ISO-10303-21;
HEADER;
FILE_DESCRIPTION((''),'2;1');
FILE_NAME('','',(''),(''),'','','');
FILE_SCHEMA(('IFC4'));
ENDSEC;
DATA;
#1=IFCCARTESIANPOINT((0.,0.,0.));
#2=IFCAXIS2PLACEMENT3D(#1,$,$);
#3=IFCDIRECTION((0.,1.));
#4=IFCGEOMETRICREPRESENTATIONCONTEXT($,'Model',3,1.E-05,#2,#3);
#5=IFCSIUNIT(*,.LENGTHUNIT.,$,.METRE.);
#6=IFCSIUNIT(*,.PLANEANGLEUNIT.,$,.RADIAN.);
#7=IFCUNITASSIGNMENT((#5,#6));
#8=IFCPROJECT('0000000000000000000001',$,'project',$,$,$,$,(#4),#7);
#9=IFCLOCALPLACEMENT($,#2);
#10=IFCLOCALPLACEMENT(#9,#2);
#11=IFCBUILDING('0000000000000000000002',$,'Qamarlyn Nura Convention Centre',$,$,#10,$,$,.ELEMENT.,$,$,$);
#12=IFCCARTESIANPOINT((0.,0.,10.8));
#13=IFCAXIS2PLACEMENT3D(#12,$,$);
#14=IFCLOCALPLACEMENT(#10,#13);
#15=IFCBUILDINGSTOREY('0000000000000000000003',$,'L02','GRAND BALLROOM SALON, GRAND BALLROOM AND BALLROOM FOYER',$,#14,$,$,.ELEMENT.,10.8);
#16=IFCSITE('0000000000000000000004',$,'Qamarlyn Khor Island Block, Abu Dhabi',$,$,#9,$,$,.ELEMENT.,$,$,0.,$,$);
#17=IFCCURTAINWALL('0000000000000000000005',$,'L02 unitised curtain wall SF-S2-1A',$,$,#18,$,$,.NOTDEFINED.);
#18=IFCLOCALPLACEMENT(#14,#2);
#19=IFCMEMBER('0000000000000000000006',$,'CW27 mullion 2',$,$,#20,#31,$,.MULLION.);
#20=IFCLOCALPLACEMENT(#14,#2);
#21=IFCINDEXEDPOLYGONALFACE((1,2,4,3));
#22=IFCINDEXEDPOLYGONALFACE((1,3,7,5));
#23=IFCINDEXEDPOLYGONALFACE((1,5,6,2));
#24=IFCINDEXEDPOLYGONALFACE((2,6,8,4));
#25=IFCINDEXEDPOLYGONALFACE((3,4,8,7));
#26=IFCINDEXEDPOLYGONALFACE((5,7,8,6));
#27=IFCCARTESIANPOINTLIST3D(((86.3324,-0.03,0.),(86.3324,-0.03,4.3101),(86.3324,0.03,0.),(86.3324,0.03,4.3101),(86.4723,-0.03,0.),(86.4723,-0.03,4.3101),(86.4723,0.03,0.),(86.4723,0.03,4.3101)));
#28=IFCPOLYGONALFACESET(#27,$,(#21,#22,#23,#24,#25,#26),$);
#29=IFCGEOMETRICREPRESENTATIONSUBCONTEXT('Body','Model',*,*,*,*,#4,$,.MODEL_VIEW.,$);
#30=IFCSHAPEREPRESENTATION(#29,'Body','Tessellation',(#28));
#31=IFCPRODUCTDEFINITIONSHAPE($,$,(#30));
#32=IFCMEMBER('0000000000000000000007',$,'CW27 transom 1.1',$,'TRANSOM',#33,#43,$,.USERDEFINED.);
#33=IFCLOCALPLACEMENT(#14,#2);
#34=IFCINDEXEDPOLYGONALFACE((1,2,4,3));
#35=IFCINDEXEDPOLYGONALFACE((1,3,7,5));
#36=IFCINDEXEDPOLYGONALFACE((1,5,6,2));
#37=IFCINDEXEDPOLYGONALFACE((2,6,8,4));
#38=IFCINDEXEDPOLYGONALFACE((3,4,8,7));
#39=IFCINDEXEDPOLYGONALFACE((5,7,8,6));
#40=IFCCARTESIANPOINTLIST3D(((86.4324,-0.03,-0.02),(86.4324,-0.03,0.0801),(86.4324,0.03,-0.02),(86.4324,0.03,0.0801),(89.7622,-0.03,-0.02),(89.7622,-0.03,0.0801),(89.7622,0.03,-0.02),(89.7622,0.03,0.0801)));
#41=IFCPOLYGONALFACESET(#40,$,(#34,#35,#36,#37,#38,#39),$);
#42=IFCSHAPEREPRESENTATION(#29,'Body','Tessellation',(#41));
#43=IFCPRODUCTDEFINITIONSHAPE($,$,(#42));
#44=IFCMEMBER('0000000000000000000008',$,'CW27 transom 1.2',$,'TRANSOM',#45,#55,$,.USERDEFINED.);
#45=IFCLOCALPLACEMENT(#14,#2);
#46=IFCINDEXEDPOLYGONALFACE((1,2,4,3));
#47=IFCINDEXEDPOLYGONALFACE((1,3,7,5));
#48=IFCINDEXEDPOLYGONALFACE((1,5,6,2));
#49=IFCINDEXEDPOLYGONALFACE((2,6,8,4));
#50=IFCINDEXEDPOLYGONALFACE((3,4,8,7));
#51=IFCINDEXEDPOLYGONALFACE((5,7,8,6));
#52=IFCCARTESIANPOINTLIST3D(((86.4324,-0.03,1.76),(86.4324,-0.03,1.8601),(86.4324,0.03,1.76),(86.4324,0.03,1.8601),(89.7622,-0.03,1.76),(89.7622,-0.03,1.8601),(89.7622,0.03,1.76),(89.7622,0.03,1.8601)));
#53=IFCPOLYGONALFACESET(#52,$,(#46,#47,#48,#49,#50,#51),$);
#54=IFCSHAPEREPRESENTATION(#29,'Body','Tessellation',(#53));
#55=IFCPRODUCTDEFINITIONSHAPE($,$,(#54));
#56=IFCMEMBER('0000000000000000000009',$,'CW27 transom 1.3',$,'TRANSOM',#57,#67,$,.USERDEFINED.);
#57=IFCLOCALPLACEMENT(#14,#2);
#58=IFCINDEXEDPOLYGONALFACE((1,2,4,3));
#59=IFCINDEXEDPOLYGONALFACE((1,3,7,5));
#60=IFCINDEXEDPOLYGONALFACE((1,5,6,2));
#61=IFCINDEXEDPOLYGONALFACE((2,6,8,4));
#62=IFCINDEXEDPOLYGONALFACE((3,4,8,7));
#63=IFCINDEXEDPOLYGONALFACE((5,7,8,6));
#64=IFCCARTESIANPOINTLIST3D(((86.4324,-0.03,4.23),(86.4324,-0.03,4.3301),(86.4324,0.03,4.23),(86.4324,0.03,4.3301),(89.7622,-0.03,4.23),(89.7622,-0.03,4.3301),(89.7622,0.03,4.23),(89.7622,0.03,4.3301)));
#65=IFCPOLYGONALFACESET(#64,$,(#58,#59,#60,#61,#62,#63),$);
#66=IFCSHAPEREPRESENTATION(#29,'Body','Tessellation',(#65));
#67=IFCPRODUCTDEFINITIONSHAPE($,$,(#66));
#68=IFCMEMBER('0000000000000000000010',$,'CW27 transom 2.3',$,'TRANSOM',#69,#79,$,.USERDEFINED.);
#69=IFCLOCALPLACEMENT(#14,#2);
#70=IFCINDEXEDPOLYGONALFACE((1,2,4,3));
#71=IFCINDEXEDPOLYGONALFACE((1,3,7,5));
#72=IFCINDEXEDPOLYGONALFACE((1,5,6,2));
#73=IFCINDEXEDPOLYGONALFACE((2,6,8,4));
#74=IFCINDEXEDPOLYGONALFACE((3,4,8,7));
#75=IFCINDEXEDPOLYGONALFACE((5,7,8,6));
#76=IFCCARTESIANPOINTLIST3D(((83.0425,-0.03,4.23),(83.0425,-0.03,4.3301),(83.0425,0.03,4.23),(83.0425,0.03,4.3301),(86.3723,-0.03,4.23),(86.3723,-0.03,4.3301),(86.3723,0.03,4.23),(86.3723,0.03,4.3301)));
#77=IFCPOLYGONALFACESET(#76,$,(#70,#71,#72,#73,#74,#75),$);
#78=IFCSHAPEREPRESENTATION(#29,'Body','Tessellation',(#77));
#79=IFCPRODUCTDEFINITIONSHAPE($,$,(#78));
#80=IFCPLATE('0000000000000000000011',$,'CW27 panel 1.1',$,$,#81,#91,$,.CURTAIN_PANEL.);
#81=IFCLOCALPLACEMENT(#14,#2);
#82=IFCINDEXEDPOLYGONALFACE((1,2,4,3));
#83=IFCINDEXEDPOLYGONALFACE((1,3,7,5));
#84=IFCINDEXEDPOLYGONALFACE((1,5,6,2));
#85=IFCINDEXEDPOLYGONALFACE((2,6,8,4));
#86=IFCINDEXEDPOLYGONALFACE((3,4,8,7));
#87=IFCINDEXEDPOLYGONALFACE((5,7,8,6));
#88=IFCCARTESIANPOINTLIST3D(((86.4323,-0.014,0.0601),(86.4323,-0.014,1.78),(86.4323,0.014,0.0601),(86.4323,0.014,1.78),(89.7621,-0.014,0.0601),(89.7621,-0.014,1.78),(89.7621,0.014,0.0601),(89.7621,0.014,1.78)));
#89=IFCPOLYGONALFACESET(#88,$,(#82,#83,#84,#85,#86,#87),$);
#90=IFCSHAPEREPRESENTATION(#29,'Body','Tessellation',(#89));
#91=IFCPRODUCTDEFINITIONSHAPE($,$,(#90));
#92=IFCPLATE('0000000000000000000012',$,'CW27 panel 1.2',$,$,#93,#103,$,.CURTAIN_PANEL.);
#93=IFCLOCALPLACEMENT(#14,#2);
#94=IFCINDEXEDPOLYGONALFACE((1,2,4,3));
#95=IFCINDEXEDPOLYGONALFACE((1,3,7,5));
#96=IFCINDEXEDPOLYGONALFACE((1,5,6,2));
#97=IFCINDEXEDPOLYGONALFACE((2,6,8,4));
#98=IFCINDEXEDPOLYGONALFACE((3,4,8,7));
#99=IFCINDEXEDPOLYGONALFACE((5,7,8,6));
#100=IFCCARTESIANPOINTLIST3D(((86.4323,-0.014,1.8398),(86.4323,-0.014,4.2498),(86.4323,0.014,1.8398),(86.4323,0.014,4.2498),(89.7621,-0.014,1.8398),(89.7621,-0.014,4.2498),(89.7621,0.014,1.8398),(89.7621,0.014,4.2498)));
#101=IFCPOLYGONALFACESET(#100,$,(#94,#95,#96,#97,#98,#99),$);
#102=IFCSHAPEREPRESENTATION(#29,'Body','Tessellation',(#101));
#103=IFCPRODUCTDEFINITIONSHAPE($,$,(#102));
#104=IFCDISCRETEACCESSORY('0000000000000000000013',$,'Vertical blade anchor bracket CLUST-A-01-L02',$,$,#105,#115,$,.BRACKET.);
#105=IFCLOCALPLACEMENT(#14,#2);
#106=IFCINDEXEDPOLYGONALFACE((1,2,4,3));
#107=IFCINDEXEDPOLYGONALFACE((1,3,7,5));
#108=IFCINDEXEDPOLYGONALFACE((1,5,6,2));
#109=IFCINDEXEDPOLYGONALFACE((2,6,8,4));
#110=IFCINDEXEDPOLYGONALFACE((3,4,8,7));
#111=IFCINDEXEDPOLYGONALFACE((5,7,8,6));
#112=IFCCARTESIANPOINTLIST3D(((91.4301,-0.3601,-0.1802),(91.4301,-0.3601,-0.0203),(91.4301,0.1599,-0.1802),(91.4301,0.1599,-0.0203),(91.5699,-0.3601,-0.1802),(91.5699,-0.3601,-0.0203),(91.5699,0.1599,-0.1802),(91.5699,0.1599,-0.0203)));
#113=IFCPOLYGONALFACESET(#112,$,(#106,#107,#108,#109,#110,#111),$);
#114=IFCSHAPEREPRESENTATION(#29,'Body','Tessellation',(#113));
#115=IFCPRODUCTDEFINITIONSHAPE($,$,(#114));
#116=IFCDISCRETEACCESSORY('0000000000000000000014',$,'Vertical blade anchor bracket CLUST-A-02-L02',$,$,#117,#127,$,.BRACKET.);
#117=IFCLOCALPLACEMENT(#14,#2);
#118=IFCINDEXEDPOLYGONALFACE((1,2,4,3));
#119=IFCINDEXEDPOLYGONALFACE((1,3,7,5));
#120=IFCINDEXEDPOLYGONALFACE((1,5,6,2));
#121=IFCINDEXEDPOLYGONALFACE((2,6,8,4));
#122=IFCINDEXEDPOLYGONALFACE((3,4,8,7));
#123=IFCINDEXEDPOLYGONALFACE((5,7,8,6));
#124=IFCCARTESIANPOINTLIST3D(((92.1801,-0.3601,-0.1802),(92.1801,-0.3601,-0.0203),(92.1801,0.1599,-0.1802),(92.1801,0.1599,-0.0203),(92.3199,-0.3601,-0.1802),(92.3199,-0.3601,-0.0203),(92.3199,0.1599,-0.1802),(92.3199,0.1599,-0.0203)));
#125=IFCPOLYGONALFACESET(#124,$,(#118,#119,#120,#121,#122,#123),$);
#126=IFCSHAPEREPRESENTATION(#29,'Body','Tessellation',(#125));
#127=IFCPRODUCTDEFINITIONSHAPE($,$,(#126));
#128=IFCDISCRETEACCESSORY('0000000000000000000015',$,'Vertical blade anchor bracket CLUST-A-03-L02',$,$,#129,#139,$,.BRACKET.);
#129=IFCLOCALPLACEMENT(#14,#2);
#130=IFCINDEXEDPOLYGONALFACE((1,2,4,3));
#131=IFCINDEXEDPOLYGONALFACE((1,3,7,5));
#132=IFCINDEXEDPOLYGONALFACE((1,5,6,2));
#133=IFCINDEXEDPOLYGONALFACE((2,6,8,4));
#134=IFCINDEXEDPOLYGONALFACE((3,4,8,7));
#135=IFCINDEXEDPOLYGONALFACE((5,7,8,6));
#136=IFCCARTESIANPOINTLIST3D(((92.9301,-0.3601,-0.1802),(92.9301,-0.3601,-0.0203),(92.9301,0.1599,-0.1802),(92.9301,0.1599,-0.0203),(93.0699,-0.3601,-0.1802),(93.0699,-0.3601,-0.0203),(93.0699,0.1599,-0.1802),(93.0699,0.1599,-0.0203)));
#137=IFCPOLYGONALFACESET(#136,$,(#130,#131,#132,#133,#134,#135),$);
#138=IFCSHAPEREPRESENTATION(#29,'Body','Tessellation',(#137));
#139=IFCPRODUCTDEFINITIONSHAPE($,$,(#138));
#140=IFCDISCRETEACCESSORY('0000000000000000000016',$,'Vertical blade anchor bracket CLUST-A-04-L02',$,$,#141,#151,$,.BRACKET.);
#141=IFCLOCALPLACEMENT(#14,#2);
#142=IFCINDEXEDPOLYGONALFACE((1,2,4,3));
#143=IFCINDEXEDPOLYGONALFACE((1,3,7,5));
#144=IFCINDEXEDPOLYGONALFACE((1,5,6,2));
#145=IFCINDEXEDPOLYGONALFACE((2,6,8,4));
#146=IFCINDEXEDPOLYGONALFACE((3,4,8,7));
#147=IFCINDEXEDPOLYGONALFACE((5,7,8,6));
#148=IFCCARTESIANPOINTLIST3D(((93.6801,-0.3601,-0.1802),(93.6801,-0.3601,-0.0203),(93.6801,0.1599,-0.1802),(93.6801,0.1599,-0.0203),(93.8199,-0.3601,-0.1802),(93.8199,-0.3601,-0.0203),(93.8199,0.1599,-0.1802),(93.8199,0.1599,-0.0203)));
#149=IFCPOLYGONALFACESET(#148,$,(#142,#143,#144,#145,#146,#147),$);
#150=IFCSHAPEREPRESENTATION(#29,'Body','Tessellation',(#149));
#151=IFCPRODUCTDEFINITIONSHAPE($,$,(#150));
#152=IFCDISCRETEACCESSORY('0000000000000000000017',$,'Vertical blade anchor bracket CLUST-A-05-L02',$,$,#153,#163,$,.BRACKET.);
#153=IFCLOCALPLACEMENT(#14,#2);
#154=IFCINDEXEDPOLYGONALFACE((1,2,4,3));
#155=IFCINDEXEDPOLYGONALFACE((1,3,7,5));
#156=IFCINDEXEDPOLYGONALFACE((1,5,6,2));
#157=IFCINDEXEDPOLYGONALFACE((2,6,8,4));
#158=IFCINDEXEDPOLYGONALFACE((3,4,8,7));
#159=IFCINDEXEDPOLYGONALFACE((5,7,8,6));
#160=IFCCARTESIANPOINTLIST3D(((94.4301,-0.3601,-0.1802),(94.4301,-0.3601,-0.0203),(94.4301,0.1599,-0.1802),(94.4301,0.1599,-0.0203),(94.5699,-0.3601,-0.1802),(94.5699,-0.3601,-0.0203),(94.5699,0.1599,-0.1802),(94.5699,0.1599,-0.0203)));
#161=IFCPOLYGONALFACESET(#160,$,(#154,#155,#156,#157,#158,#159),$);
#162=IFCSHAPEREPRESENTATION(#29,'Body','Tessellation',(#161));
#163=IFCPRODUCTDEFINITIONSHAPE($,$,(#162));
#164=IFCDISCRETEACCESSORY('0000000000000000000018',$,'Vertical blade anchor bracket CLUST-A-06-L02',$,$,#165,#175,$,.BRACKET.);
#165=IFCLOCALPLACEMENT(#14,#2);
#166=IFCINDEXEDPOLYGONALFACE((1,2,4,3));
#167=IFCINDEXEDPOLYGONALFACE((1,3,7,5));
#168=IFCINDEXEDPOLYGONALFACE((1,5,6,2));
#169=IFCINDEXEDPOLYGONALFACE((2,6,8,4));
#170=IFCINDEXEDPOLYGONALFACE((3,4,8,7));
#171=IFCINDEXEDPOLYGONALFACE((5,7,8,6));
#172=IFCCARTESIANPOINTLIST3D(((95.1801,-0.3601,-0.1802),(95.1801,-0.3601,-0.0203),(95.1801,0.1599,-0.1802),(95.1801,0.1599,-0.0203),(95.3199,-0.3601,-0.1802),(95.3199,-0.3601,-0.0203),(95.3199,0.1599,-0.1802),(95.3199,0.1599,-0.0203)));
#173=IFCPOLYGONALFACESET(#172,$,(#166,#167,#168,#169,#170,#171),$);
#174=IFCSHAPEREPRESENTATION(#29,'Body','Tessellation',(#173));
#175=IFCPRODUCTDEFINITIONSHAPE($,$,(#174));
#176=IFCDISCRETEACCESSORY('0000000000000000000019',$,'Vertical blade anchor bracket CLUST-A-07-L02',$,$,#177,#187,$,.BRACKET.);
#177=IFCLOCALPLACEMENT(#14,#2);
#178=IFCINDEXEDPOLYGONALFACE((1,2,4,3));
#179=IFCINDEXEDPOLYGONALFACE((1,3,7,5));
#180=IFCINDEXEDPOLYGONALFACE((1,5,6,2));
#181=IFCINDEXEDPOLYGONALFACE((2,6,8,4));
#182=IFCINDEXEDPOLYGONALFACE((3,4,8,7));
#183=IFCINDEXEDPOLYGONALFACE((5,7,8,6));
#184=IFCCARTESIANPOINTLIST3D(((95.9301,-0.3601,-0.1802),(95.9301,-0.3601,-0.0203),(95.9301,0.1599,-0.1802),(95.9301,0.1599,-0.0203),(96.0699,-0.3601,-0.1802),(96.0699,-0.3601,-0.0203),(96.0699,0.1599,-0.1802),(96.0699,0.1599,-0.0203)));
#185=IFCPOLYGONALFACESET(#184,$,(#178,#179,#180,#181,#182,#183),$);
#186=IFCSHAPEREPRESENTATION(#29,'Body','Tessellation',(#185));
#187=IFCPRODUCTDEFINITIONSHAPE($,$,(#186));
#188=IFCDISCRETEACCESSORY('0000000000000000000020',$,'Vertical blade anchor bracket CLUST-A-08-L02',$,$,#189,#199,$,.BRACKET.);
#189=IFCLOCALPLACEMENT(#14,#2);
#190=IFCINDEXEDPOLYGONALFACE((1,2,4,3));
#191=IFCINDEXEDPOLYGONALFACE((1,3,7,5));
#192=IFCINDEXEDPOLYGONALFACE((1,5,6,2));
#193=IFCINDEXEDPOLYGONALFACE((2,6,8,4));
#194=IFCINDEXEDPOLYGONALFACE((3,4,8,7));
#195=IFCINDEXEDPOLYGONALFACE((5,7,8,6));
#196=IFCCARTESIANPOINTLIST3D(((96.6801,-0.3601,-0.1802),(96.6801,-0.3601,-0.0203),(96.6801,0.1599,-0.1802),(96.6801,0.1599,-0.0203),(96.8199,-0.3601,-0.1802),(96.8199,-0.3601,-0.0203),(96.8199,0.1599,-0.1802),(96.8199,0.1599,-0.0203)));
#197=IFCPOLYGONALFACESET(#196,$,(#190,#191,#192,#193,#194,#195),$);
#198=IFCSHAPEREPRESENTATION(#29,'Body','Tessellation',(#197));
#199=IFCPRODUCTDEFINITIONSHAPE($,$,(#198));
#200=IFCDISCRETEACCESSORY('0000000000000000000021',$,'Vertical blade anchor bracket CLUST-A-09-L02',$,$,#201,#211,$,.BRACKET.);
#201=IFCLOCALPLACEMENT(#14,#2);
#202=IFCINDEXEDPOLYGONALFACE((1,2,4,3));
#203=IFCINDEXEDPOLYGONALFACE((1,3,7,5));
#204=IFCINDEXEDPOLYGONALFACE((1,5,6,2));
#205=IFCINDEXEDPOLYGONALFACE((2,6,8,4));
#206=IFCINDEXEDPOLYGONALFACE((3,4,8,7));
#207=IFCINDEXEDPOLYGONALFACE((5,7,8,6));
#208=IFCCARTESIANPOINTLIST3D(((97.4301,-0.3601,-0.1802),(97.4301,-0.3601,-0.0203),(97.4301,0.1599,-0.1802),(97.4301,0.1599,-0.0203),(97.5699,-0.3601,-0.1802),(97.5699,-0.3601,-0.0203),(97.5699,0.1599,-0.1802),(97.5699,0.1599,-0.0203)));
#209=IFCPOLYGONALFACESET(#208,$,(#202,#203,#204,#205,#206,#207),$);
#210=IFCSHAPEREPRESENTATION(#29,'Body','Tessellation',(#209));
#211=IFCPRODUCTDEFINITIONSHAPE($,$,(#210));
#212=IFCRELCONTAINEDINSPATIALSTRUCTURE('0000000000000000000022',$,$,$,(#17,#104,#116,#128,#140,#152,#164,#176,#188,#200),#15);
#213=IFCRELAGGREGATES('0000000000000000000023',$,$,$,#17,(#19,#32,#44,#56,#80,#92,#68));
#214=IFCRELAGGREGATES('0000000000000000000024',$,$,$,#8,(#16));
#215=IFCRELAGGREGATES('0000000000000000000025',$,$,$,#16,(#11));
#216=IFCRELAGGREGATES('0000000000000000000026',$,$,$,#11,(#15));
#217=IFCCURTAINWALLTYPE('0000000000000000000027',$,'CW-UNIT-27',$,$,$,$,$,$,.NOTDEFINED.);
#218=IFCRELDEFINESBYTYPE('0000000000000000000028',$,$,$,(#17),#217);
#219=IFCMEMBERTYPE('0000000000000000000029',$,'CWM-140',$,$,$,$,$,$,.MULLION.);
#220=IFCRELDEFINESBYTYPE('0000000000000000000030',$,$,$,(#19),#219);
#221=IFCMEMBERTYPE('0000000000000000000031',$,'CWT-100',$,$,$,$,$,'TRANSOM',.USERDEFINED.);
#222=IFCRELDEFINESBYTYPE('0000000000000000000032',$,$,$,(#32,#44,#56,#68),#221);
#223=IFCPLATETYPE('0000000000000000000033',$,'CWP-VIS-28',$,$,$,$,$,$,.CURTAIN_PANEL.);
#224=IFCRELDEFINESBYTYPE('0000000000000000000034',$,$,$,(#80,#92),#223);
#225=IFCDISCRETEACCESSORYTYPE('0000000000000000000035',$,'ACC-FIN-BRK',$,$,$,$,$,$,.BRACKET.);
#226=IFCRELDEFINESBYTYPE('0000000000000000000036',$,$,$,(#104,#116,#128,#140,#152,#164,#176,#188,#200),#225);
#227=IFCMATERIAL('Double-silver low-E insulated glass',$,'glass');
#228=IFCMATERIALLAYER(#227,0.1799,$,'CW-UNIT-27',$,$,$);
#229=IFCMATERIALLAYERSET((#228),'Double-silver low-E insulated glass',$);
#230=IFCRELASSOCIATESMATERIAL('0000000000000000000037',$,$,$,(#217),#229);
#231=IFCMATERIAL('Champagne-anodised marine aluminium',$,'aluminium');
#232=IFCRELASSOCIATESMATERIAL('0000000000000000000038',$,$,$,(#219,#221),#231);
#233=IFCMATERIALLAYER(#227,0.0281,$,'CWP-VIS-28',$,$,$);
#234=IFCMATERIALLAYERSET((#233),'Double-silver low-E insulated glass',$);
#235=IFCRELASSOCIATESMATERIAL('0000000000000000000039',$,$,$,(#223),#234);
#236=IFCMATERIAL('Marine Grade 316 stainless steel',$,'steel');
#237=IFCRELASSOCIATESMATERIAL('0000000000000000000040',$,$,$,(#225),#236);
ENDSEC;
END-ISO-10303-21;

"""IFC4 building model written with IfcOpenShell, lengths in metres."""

from ifc_helpers import new_model, si_unit, direction, frame, origin, origin_2d, place, context, subcontext, project, spatial, rectangle, extrude, material, layer, layer_set, material_profile, profile_set, type_object, element, aggregate, save


model = new_model("IFC4")

# Units and contexts
model_context = context("Model", 3, precision=1e-05, world=origin(), true_north=direction((0.0, 1.0)))
body_context = subcontext(model_context, "Body", "Model", "MODEL_VIEW")
ifc_project = project(units=[si_unit("LENGTHUNIT", "METRE"), si_unit("PLANEANGLEUNIT", "RADIAN")], contexts=[model_context])

# Site, building, storey
site_placement = place(None, origin())
site = spatial("IfcSite", under=ifc_project, at=site_placement, Name="Qamarlyn Khor Island Block, Abu Dhabi", CompositionType="ELEMENT", RefElevation=0.0)
building_placement = place(site_placement, origin())
building = spatial("IfcBuilding", under=site, at=building_placement, Name="Qamarlyn Nura Convention Centre", CompositionType="ELEMENT")
storey_placement = place(building_placement, frame((0.0, 0.0, 10.8)))
storey = spatial("IfcBuildingStorey", under=building, at=storey_placement, Name="L02", Description="GRAND BALLROOM SALON, GRAND BALLROOM AND BALLROOM FOYER", CompositionType="ELEMENT", Elevation=10.8)

# Curtain wall, members, plates
ifc_material_1 = material(Name="Double-silver low-E insulated glass", Category="glass")
ifc_layer_1 = layer(ifc_material_1, 0.1799, Name="CW-UNIT-27")
ifc_layer_set_1 = layer_set([ifc_layer_1], Name="Double-silver low-E insulated glass")
curtain_wall_type = type_object("IfcCurtainWallType", Name="CW-UNIT-27", PredefinedType="NOTDEFINED", material=ifc_layer_set_1)
curtain_wall_placement = place(storey_placement, origin())
curtain_wall = element("IfcCurtainWall", 1, at=curtain_wall_placement, inside=storey, type_object=curtain_wall_type, Name="L02 unitised curtain wall SF-S2-1A", PredefinedType="NOTDEFINED")
ifc_material_2 = material(Name="Champagne-anodised marine aluminium", Category="aluminium")
ifc_material_profile_1 = material_profile(ifc_material_2, rectangle(XDim=0.0601, YDim=0.1399, at=origin_2d()), Name="ALU MULLION 60x140")
ifc_profile_set_1 = profile_set([ifc_material_profile_1], Name="Champagne-anodised marine aluminium")
member_type_1 = type_object("IfcMemberType", Name="CWM-140", PredefinedType="MULLION", material=ifc_profile_set_1)
member_1_placement = place(storey_placement, frame((86.4023, 0.0, 0.0), z_axis=(0.0, 0.0, 1.0), x_axis=(0.0, -1.0, 0.0)))
member_1 = element("IfcMember", 2, at=member_1_placement, type_object=member_type_1, Name="CW27 mullion 2", PredefinedType="MULLION", context=body_context, shape_type="SweptSolid", body=[
    extrude(rectangle(XDim=0.0601, YDim=0.1399, at=origin_2d()), origin(), (0.0, 0.0, 1.0), 4.3101),
])
ifc_material_profile_2 = material_profile(ifc_material_2, rectangle(XDim=0.0601, YDim=0.1001, at=origin_2d()), Name="ALU TRANSOM 60x100")
ifc_profile_set_2 = profile_set([ifc_material_profile_2], Name="Champagne-anodised marine aluminium")
member_type_2 = type_object("IfcMemberType", Name="CWT-100", ElementType="TRANSOM", PredefinedType="USERDEFINED", material=ifc_profile_set_2)
member_2_placement = place(storey_placement, frame((89.7622, 0.0, 0.03), z_axis=(-1.0, 0.0, 0.0), x_axis=(0.0, -1.0, 0.0)))
member_2 = element("IfcMember", 3, at=member_2_placement, type_object=member_type_2, Name="CW27 transom 1.1", ObjectType="TRANSOM", PredefinedType="USERDEFINED", context=body_context, shape_type="SweptSolid", body=[
    extrude(rectangle(XDim=0.0601, YDim=0.1001, at=origin_2d()), origin(), (0.0, 0.0, 1.0), 3.3298),
])
member_3_placement = place(storey_placement, frame((89.7622, 0.0, 1.8101), z_axis=(-1.0, 0.0, 0.0), x_axis=(0.0, -1.0, 0.0)))
member_3 = element("IfcMember", 4, at=member_3_placement, type_object=member_type_2, Name="CW27 transom 1.2", ObjectType="TRANSOM", PredefinedType="USERDEFINED", context=body_context, shape_type="SweptSolid", body=[
    extrude(rectangle(XDim=0.0601, YDim=0.1001, at=origin_2d()), origin(), (0.0, 0.0, 1.0), 3.3298),
])
member_4_placement = place(storey_placement, frame((89.7622, 0.0, 4.28), z_axis=(-1.0, 0.0, 0.0), x_axis=(0.0, -1.0, 0.0)))
member_4 = element("IfcMember", 5, at=member_4_placement, type_object=member_type_2, Name="CW27 transom 1.3", ObjectType="TRANSOM", PredefinedType="USERDEFINED", context=body_context, shape_type="SweptSolid", body=[
    extrude(rectangle(XDim=0.0601, YDim=0.1001, at=origin_2d()), origin(), (0.0, 0.0, 1.0), 3.3298),
])
member_5_placement = place(storey_placement, frame((86.3723, 0.0, 4.28), z_axis=(-1.0, 0.0, 0.0), x_axis=(0.0, -1.0, 0.0)))
member_5 = element("IfcMember", 6, at=member_5_placement, type_object=member_type_2, Name="CW27 transom 2.3", ObjectType="TRANSOM", PredefinedType="USERDEFINED", context=body_context, shape_type="SweptSolid", body=[
    extrude(rectangle(XDim=0.0601, YDim=0.1001, at=origin_2d()), origin(), (0.0, 0.0, 1.0), 3.3298),
])
ifc_layer_2 = layer(ifc_material_1, 0.0281, Name="CWP-VIS-28")
ifc_layer_set_2 = layer_set([ifc_layer_2], Name="Double-silver low-E insulated glass")
plate_type = type_object("IfcPlateType", Name="CWP-VIS-28", PredefinedType="CURTAIN_PANEL", material=ifc_layer_set_2)
plate_1_placement = place(storey_placement, frame((88.0972, 0.0, 0.0601), z_axis=(0.0, 0.0, 1.0), x_axis=(-1.0, 0.0, 0.0)))
plate_1 = element("IfcPlate", 7, at=plate_1_placement, type_object=plate_type, Name="CW27 panel 1.1", PredefinedType="CURTAIN_PANEL", context=body_context, shape_type="SweptSolid", body=[
    extrude(rectangle(XDim=3.3298, YDim=0.0281, at=origin_2d()), origin(), (0.0, 0.0, 1.0), 1.72),
])
plate_2_placement = place(storey_placement, frame((88.0972, 0.0, 1.8398), z_axis=(0.0, 0.0, 1.0), x_axis=(-1.0, 0.0, 0.0)))
plate_2 = element("IfcPlate", 8, at=plate_2_placement, type_object=plate_type, Name="CW27 panel 1.2", PredefinedType="CURTAIN_PANEL", context=body_context, shape_type="SweptSolid", body=[
    extrude(rectangle(XDim=3.3298, YDim=0.0281, at=origin_2d()), origin(), (0.0, 0.0, 1.0), 2.4099),
])
aggregate(curtain_wall, [member_1, member_2, member_3, member_4, plate_1, plate_2, member_5])

# Discrete accessories
ifc_material_3 = material(Name="Marine Grade 316 stainless steel", Category="steel")
discrete_accessory_type = type_object("IfcDiscreteAccessoryType", Name="ACC-FIN-BRK", PredefinedType="BRACKET", material=ifc_material_3)
for number, where, z_axis, x_axis, name in (
    (9, (91.5, -0.1001, -0.1802), (0.0, 0.0, 1.0), (0.0, -1.0, 0.0), "Vertical blade anchor bracket CLUST-A-01-L02"),
    (10, (92.25, -0.1001, -0.1802), (0.0, 0.0, 1.0), (0.0, -1.0, 0.0), "Vertical blade anchor bracket CLUST-A-02-L02"),
    (11, (93.0, -0.1001, -0.1802), (0.0, 0.0, 1.0), (0.0, -1.0, 0.0), "Vertical blade anchor bracket CLUST-A-03-L02"),
    (12, (93.75, -0.1001, -0.1802), (0.0, 0.0, 1.0), (0.0, -1.0, 0.0), "Vertical blade anchor bracket CLUST-A-04-L02"),
    (13, (94.5, -0.1001, -0.1802), (0.0, 0.0, 1.0), (0.0, -1.0, 0.0), "Vertical blade anchor bracket CLUST-A-05-L02"),
    (14, (95.25, -0.1001, -0.1802), (0.0, 0.0, 1.0), (0.0, -1.0, 0.0), "Vertical blade anchor bracket CLUST-A-06-L02"),
    (15, (96.0, -0.1001, -0.1802), (0.0, 0.0, 1.0), (0.0, -1.0, 0.0), "Vertical blade anchor bracket CLUST-A-07-L02"),
    (16, (96.75, -0.1001, -0.1802), (0.0, 0.0, 1.0), (0.0, -1.0, 0.0), "Vertical blade anchor bracket CLUST-A-08-L02"),
    (17, (97.5, -0.1001, -0.1802), (0.0, 0.0, 1.0), (0.0, -1.0, 0.0), "Vertical blade anchor bracket CLUST-A-09-L02"),
):
    element("IfcDiscreteAccessory", number, at=place(storey_placement, frame(where, z_axis=z_axis, x_axis=x_axis)), inside=storey, type_object=discrete_accessory_type, Name=name, PredefinedType="BRACKET", context=body_context, shape_type="SweptSolid", body=[
        extrude(rectangle(XDim=0.52, YDim=0.1399, at=origin_2d()), origin(), (0.0, 0.0, 1.0), 0.1599),
    ])

save(model, "model.ifc")
